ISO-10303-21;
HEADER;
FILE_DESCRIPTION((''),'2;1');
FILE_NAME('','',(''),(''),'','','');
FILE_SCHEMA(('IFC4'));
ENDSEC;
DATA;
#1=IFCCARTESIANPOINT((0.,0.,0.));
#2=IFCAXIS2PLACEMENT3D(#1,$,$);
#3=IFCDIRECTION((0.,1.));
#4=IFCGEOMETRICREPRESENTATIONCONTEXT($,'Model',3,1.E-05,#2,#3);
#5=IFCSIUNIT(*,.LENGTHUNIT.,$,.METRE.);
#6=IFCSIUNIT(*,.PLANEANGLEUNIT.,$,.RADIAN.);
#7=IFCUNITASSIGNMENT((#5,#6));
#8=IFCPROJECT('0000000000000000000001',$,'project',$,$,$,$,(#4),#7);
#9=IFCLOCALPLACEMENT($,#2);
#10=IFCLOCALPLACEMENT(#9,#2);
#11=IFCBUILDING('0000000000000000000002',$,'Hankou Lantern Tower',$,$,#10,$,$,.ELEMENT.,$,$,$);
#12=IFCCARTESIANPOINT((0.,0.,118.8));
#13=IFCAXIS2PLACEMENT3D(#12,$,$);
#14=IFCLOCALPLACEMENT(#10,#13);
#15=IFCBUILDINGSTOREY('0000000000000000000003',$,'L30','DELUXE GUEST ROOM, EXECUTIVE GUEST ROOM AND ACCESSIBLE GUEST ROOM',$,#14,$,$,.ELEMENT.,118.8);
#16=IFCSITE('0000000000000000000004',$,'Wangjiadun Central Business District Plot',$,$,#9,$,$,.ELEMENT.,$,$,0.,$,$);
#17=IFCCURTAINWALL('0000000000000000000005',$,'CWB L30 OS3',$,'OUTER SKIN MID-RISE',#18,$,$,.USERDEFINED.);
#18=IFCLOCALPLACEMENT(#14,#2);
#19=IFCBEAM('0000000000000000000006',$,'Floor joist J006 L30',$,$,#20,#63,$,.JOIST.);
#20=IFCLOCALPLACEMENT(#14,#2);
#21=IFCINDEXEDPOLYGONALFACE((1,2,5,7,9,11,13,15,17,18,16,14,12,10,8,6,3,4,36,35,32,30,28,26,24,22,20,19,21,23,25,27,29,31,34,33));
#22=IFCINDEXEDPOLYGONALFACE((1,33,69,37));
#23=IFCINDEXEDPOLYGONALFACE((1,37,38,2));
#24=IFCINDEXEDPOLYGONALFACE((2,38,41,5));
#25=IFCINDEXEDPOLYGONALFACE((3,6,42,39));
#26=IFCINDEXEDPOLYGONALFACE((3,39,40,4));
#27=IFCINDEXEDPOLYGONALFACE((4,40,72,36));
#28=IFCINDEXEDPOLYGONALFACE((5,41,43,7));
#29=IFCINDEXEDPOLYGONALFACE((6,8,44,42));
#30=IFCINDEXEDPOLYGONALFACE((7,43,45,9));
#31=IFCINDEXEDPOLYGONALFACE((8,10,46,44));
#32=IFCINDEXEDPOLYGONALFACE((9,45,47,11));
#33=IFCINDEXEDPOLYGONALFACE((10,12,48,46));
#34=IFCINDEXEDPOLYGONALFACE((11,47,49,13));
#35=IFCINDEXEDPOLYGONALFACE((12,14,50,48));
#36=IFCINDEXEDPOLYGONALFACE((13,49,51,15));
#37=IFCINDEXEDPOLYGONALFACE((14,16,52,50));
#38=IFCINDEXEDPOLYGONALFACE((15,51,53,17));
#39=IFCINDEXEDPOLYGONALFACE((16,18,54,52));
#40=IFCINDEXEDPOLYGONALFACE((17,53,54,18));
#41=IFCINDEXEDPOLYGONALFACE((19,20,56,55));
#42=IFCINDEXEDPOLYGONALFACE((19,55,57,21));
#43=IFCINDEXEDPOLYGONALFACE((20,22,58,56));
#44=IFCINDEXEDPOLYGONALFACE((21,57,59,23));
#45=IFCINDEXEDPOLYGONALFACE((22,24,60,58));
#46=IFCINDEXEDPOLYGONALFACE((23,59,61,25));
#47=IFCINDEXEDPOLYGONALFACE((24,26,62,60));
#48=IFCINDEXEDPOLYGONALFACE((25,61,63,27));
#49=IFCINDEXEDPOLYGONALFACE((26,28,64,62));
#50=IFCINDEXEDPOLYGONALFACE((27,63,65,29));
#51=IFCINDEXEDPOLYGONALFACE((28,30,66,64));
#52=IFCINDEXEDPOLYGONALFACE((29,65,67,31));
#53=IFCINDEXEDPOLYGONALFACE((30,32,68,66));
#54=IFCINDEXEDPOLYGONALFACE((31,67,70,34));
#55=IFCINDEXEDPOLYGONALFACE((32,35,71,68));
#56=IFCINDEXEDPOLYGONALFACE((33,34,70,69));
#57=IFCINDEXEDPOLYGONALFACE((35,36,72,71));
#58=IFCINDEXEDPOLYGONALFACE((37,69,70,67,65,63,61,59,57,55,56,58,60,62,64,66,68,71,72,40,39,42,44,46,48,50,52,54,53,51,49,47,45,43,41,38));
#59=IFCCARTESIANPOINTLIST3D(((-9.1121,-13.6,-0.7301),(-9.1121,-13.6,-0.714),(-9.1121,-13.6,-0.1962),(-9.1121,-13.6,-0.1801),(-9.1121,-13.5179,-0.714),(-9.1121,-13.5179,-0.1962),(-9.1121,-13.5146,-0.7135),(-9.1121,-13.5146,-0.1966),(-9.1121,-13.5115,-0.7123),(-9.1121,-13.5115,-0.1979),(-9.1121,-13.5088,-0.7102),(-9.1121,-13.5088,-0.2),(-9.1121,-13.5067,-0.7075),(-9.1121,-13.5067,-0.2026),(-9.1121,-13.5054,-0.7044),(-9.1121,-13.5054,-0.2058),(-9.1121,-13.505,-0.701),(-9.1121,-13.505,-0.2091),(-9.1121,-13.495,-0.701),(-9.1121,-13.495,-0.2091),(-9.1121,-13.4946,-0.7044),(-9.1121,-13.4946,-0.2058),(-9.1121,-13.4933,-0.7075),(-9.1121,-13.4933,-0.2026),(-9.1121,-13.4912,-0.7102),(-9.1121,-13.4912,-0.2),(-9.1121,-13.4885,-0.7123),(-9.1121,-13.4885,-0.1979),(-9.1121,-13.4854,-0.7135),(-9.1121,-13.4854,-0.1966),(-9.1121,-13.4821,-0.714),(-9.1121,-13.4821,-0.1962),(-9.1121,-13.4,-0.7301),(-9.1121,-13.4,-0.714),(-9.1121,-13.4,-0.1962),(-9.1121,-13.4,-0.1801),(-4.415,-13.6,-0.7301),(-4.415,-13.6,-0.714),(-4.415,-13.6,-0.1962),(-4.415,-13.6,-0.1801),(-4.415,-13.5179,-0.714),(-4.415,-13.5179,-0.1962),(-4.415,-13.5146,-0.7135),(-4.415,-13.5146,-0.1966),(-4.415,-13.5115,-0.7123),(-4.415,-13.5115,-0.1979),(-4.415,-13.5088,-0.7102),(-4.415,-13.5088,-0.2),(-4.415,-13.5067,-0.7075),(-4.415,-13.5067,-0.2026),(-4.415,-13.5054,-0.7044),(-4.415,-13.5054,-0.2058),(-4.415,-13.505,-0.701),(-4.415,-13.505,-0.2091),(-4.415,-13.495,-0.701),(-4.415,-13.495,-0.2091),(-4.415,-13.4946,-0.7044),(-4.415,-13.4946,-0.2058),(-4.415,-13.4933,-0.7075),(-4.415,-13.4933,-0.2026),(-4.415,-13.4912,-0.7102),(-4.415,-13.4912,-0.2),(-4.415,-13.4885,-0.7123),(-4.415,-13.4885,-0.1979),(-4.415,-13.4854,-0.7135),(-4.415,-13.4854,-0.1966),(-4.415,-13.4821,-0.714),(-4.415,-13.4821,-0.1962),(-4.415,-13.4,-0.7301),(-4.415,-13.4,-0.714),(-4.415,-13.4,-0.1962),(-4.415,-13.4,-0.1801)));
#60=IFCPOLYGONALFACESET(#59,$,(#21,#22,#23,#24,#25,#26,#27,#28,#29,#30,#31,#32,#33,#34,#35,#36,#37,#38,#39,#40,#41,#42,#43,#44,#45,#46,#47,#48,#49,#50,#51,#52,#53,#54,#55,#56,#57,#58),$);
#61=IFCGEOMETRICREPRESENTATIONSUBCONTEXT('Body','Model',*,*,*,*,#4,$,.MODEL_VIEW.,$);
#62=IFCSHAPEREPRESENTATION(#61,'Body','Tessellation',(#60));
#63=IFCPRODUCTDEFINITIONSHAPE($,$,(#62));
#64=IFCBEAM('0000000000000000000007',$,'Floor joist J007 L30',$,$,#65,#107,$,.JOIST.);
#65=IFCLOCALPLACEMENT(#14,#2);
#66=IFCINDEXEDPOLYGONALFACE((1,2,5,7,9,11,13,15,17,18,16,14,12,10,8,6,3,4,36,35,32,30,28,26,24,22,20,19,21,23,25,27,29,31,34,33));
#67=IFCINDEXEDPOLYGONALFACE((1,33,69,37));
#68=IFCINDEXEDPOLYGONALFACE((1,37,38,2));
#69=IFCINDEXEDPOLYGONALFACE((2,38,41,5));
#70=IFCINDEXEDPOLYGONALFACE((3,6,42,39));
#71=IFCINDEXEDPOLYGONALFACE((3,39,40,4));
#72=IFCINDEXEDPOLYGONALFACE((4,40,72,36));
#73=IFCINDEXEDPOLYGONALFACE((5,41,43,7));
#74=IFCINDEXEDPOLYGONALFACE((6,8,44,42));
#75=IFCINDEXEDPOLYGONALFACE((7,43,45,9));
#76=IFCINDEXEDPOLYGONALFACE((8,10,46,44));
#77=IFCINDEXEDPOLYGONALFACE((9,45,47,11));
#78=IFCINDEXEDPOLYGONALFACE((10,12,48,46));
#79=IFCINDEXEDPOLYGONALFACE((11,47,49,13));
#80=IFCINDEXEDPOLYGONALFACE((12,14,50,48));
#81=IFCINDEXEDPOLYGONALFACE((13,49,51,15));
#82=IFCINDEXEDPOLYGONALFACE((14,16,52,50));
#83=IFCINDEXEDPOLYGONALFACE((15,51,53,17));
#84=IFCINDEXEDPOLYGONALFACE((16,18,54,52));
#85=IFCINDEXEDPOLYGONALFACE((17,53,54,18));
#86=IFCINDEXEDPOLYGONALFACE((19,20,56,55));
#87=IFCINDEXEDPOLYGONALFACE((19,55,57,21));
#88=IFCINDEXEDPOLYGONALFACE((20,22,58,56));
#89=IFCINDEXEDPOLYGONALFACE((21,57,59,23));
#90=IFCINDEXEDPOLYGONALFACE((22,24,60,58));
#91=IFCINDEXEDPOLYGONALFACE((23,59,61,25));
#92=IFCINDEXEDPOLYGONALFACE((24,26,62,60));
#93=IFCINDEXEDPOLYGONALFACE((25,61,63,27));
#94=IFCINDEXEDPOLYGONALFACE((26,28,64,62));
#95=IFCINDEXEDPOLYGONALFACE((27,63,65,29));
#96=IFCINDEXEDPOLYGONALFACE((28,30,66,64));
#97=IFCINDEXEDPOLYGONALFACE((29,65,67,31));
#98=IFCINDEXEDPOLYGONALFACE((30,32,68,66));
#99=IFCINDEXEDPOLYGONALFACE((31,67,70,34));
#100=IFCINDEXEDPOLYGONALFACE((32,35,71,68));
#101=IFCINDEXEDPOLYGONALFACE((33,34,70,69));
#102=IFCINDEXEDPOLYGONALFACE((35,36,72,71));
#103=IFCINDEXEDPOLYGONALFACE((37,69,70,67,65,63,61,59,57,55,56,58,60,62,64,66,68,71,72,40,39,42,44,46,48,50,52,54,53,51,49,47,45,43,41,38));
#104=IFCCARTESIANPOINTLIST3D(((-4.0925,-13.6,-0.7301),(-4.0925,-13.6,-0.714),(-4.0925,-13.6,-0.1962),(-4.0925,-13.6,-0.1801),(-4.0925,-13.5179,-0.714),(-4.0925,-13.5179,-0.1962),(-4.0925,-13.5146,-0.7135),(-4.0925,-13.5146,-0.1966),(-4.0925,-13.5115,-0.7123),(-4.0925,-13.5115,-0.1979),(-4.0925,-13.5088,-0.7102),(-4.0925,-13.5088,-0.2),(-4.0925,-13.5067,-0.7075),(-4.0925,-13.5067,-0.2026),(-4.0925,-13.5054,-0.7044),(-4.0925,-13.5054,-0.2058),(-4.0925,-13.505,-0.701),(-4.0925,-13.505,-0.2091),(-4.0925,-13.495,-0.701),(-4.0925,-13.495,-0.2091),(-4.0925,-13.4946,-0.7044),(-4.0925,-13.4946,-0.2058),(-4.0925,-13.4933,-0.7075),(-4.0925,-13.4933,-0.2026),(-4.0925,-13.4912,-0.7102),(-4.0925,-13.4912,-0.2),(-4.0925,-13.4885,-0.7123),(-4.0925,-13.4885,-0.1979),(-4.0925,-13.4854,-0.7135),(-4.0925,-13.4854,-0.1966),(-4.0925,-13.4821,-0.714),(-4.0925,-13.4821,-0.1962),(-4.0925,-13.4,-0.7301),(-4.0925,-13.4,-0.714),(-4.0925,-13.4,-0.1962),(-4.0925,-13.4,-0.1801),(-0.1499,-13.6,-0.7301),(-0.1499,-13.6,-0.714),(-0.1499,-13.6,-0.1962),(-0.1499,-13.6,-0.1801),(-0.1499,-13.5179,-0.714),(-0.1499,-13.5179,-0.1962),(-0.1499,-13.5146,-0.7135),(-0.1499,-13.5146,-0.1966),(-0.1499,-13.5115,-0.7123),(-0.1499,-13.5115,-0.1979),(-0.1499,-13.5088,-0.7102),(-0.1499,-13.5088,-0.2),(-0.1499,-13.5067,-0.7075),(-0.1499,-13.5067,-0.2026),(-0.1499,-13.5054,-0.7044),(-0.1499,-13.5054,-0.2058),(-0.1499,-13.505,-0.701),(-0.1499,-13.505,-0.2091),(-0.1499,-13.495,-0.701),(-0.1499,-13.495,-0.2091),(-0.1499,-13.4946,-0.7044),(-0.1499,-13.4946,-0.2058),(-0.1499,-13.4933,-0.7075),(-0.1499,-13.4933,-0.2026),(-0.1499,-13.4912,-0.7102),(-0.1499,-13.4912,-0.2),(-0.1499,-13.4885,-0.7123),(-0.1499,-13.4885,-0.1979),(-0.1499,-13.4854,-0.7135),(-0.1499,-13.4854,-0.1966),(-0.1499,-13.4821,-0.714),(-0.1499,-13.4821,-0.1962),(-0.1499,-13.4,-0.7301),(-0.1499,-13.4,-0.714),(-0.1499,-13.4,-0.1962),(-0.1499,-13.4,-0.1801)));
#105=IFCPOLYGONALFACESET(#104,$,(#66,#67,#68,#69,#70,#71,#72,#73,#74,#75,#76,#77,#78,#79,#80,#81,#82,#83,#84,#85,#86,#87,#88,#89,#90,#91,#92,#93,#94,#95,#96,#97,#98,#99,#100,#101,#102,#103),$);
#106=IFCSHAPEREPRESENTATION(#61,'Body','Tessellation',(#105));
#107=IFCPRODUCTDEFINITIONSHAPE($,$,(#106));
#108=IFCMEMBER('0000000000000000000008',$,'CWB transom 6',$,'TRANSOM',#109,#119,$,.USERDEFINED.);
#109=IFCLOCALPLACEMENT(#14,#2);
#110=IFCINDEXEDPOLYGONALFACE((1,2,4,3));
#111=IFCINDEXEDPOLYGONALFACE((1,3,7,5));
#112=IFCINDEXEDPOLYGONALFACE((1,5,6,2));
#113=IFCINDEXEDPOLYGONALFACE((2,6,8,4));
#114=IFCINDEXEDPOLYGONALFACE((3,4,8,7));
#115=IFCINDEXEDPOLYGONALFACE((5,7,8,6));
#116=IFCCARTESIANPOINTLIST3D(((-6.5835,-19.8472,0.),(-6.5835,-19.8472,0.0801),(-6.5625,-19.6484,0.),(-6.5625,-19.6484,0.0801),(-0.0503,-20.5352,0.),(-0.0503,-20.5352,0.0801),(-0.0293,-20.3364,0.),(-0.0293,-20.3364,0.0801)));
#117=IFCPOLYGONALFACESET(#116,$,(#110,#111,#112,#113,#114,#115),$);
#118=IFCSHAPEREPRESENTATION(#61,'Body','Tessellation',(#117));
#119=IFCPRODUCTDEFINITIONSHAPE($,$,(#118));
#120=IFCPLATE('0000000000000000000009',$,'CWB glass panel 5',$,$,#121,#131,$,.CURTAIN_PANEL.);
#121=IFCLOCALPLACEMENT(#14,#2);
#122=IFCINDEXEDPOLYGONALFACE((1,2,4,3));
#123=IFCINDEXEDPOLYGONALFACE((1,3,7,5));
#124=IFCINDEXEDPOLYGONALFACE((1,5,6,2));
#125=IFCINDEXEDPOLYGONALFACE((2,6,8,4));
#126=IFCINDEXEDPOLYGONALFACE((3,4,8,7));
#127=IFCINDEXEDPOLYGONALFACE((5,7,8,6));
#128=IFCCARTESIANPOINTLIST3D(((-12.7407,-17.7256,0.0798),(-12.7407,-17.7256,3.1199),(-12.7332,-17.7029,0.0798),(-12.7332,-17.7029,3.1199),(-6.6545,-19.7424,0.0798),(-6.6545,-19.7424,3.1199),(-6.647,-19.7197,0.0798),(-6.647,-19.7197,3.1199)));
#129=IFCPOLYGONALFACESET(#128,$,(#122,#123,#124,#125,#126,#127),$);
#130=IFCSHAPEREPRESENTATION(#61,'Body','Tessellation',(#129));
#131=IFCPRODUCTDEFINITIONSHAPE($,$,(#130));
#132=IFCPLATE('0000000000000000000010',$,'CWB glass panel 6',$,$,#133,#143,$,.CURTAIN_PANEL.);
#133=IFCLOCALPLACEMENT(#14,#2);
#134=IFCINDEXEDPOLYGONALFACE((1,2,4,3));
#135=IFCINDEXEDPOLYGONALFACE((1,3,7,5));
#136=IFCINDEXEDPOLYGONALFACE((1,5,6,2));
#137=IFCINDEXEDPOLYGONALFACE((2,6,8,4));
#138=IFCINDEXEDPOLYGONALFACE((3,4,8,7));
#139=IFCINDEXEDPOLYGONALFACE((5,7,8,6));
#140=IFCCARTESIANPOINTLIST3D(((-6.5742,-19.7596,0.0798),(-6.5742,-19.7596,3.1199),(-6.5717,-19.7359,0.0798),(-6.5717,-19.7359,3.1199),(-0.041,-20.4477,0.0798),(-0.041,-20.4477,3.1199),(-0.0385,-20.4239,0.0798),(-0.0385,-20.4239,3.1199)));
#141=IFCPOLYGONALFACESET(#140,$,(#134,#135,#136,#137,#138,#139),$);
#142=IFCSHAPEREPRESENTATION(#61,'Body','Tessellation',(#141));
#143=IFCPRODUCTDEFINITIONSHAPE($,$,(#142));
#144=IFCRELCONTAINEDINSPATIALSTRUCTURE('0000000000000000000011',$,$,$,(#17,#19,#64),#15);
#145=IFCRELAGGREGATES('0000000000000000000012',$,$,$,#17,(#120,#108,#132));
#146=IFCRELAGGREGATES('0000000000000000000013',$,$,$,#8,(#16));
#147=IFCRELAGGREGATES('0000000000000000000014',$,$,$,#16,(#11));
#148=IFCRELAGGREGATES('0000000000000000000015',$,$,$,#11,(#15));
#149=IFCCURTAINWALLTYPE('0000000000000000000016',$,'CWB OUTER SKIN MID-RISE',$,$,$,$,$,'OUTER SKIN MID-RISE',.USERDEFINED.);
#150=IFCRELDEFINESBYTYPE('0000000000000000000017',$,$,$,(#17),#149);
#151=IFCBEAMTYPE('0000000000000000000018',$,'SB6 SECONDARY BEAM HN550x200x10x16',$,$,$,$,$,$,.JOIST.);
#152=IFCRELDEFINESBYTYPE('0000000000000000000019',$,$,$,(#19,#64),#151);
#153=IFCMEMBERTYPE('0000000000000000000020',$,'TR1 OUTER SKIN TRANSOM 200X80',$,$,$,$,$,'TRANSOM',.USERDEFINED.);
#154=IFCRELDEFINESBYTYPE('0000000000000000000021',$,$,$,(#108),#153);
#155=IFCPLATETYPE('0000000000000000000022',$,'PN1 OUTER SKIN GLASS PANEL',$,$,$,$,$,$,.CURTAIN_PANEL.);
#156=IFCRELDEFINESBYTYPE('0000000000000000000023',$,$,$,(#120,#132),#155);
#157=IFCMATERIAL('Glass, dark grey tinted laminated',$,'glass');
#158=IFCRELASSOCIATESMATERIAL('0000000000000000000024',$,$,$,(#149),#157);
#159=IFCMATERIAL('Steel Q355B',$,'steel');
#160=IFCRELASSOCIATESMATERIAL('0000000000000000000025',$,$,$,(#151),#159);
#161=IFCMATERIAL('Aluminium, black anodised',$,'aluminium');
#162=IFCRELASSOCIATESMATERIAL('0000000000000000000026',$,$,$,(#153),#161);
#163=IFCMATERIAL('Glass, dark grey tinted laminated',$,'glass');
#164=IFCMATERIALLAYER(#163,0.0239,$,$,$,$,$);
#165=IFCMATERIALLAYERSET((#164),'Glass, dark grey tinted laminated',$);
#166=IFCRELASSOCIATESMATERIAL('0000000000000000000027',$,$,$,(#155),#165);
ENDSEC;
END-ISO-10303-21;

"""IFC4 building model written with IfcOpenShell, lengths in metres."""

from ifc_helpers import new_model, si_unit, direction, frame, origin, origin_2d, place, context, subcontext, project, spatial, rectangle, i_section, extrude, material, layer, layer_set, material_profile, profile_set, type_object, element, aggregate, save


model = new_model("IFC4")

# Units and contexts
model_context = context("Model", 3, precision=1e-05, world=origin(), true_north=direction((0.0, 1.0)))
body_context = subcontext(model_context, "Body", "Model", "MODEL_VIEW")
ifc_project = project(units=[si_unit("LENGTHUNIT", "METRE"), si_unit("PLANEANGLEUNIT", "RADIAN")], contexts=[model_context])

# Site, building, storey
site_placement = place(None, origin())
site = spatial("IfcSite", under=ifc_project, at=site_placement, Name="Wangjiadun Central Business District Plot", CompositionType="ELEMENT", RefElevation=0.0)
building_placement = place(site_placement, origin())
building = spatial("IfcBuilding", under=site, at=building_placement, Name="Hankou Lantern Tower", CompositionType="ELEMENT")
storey_placement = place(building_placement, frame((0.0, 0.0, 118.8)))
storey = spatial("IfcBuildingStorey", under=building, at=storey_placement, Name="L30", Description="DELUXE GUEST ROOM, EXECUTIVE GUEST ROOM AND ACCESSIBLE GUEST ROOM", CompositionType="ELEMENT", Elevation=118.8)

# Curtain wall
ifc_material_1 = material(Name="Glass, dark grey tinted laminated", Category="glass")
curtain_wall_type = type_object("IfcCurtainWallType", Name="CWB OUTER SKIN MID-RISE", ElementType="OUTER SKIN MID-RISE", PredefinedType="USERDEFINED", material=ifc_material_1)
curtain_wall_placement = place(storey_placement, origin())
curtain_wall = element("IfcCurtainWall", 1, at=curtain_wall_placement, inside=storey, type_object=curtain_wall_type, Name="CWB L30 OS3", ObjectType="OUTER SKIN MID-RISE", PredefinedType="USERDEFINED")

# Beams
ifc_material_2 = material(Name="Steel Q355B", Category="steel")
ifc_material_profile_1 = material_profile(ifc_material_2, i_section(OverallWidth=0.2, OverallDepth=0.55, WebThickness=0.01, FlangeThickness=0.0161, FilletRadius=0.0129, at=origin_2d()), Name="HN550x200x10x16")
ifc_profile_set_1 = profile_set([ifc_material_profile_1], Name="Steel Q355B")
beam_type_1 = type_object("IfcBeamType", Name="SB6 SECONDARY BEAM HN550x200x10x16", PredefinedType="JOIST", material=ifc_profile_set_1)
beam_1_placement = place(storey_placement, frame((-9.1121, -13.5, -0.4551), z_axis=(1.0, 0.0, 0.0), x_axis=(0.0, 1.0, 0.0)))
element("IfcBeam", 2, at=beam_1_placement, inside=storey, type_object=beam_type_1, Name="Floor joist J006 L30", PredefinedType="JOIST", context=body_context, shape_type="SweptSolid", body=[
    extrude(i_section(OverallWidth=0.2, OverallDepth=0.55, WebThickness=0.01, FlangeThickness=0.0161, FilletRadius=0.0129, at=origin_2d()), origin(), (0.0, 0.0, 1.0), 4.697),
])
beam_2_placement = place(storey_placement, frame((-4.0925, -13.5, -0.4551), z_axis=(1.0, 0.0, 0.0), x_axis=(0.0, 1.0, 0.0)))
element("IfcBeam", 3, at=beam_2_placement, inside=storey, type_object=beam_type_1, Name="Floor joist J007 L30", PredefinedType="JOIST", context=body_context, shape_type="SweptSolid", body=[
    extrude(i_section(OverallWidth=0.2, OverallDepth=0.55, WebThickness=0.01, FlangeThickness=0.0161, FilletRadius=0.0129, at=origin_2d()), origin(), (0.0, 0.0, 1.0), 3.9426),
])

# Member
ifc_material_3 = material(Name="Aluminium, black anodised", Category="aluminium")
ifc_material_profile_2 = material_profile(ifc_material_3, rectangle(XDim=0.2, YDim=0.0801, at=origin_2d()), Name="TR1 200X80")
ifc_profile_set_2 = profile_set([ifc_material_profile_2], Name="Aluminium, black anodised")
member_type_1 = type_object("IfcMemberType", Name="TR1 OUTER SKIN TRANSOM 200X80", ElementType="TRANSOM", PredefinedType="USERDEFINED", material=ifc_profile_set_2)
member_1_placement = place(storey_placement, frame((-6.573, -19.7478, 0.04), z_axis=(0.994501, -0.104727, 0.0), x_axis=(0.104727, 0.994501, 0.0)))
member_1 = element("IfcMember", 4, at=member_1_placement, type_object=member_type_1, Name="CWB transom 6", ObjectType="TRANSOM", PredefinedType="USERDEFINED", context=body_context, shape_type="SweptSolid", body=[
    extrude(rectangle(XDim=0.2, YDim=0.0801, at=origin_2d()), origin(), (0.0, 0.0, 1.0), 6.5693),
])

# Plates
ifc_material_4 = material(Name="Glass, dark grey tinted laminated", Category="glass")
ifc_layer_1 = layer(ifc_material_4, 0.0239)
ifc_layer_set_1 = layer_set([ifc_layer_1], Name="Glass, dark grey tinted laminated")
plate_type = type_object("IfcPlateType", Name="PN1 OUTER SKIN GLASS PANEL", PredefinedType="CURTAIN_PANEL", material=ifc_layer_set_1)
plate_1_placement = place(storey_placement, frame((-9.6938, -18.7227, 0.0798), z_axis=(0.0, 0.0, 1.0), x_axis=(0.949241, -0.314551, 0.0)))
plate_1 = element("IfcPlate", 5, at=plate_1_placement, type_object=plate_type, Name="CWB glass panel 5", PredefinedType="CURTAIN_PANEL", context=body_context, shape_type="SweptSolid", body=[
    extrude(rectangle(XDim=6.4116, YDim=0.0239, at=origin_2d()), origin(), (0.0, 0.0, 1.0), 3.04),
])
plate_2_placement = place(storey_placement, frame((-3.3064, -20.0918, 0.0798), z_axis=(0.0, 0.0, 1.0), x_axis=(0.994499, -0.104743, 0.0)))
plate_2 = element("IfcPlate", 6, at=plate_2_placement, type_object=plate_type, Name="CWB glass panel 6", PredefinedType="CURTAIN_PANEL", context=body_context, shape_type="SweptSolid", body=[
    extrude(rectangle(XDim=6.5693, YDim=0.0239, at=origin_2d()), origin(), (0.0, 0.0, 1.0), 3.04),
])
aggregate(curtain_wall, [plate_1, member_1, plate_2])

save(model, "model.ifc")
